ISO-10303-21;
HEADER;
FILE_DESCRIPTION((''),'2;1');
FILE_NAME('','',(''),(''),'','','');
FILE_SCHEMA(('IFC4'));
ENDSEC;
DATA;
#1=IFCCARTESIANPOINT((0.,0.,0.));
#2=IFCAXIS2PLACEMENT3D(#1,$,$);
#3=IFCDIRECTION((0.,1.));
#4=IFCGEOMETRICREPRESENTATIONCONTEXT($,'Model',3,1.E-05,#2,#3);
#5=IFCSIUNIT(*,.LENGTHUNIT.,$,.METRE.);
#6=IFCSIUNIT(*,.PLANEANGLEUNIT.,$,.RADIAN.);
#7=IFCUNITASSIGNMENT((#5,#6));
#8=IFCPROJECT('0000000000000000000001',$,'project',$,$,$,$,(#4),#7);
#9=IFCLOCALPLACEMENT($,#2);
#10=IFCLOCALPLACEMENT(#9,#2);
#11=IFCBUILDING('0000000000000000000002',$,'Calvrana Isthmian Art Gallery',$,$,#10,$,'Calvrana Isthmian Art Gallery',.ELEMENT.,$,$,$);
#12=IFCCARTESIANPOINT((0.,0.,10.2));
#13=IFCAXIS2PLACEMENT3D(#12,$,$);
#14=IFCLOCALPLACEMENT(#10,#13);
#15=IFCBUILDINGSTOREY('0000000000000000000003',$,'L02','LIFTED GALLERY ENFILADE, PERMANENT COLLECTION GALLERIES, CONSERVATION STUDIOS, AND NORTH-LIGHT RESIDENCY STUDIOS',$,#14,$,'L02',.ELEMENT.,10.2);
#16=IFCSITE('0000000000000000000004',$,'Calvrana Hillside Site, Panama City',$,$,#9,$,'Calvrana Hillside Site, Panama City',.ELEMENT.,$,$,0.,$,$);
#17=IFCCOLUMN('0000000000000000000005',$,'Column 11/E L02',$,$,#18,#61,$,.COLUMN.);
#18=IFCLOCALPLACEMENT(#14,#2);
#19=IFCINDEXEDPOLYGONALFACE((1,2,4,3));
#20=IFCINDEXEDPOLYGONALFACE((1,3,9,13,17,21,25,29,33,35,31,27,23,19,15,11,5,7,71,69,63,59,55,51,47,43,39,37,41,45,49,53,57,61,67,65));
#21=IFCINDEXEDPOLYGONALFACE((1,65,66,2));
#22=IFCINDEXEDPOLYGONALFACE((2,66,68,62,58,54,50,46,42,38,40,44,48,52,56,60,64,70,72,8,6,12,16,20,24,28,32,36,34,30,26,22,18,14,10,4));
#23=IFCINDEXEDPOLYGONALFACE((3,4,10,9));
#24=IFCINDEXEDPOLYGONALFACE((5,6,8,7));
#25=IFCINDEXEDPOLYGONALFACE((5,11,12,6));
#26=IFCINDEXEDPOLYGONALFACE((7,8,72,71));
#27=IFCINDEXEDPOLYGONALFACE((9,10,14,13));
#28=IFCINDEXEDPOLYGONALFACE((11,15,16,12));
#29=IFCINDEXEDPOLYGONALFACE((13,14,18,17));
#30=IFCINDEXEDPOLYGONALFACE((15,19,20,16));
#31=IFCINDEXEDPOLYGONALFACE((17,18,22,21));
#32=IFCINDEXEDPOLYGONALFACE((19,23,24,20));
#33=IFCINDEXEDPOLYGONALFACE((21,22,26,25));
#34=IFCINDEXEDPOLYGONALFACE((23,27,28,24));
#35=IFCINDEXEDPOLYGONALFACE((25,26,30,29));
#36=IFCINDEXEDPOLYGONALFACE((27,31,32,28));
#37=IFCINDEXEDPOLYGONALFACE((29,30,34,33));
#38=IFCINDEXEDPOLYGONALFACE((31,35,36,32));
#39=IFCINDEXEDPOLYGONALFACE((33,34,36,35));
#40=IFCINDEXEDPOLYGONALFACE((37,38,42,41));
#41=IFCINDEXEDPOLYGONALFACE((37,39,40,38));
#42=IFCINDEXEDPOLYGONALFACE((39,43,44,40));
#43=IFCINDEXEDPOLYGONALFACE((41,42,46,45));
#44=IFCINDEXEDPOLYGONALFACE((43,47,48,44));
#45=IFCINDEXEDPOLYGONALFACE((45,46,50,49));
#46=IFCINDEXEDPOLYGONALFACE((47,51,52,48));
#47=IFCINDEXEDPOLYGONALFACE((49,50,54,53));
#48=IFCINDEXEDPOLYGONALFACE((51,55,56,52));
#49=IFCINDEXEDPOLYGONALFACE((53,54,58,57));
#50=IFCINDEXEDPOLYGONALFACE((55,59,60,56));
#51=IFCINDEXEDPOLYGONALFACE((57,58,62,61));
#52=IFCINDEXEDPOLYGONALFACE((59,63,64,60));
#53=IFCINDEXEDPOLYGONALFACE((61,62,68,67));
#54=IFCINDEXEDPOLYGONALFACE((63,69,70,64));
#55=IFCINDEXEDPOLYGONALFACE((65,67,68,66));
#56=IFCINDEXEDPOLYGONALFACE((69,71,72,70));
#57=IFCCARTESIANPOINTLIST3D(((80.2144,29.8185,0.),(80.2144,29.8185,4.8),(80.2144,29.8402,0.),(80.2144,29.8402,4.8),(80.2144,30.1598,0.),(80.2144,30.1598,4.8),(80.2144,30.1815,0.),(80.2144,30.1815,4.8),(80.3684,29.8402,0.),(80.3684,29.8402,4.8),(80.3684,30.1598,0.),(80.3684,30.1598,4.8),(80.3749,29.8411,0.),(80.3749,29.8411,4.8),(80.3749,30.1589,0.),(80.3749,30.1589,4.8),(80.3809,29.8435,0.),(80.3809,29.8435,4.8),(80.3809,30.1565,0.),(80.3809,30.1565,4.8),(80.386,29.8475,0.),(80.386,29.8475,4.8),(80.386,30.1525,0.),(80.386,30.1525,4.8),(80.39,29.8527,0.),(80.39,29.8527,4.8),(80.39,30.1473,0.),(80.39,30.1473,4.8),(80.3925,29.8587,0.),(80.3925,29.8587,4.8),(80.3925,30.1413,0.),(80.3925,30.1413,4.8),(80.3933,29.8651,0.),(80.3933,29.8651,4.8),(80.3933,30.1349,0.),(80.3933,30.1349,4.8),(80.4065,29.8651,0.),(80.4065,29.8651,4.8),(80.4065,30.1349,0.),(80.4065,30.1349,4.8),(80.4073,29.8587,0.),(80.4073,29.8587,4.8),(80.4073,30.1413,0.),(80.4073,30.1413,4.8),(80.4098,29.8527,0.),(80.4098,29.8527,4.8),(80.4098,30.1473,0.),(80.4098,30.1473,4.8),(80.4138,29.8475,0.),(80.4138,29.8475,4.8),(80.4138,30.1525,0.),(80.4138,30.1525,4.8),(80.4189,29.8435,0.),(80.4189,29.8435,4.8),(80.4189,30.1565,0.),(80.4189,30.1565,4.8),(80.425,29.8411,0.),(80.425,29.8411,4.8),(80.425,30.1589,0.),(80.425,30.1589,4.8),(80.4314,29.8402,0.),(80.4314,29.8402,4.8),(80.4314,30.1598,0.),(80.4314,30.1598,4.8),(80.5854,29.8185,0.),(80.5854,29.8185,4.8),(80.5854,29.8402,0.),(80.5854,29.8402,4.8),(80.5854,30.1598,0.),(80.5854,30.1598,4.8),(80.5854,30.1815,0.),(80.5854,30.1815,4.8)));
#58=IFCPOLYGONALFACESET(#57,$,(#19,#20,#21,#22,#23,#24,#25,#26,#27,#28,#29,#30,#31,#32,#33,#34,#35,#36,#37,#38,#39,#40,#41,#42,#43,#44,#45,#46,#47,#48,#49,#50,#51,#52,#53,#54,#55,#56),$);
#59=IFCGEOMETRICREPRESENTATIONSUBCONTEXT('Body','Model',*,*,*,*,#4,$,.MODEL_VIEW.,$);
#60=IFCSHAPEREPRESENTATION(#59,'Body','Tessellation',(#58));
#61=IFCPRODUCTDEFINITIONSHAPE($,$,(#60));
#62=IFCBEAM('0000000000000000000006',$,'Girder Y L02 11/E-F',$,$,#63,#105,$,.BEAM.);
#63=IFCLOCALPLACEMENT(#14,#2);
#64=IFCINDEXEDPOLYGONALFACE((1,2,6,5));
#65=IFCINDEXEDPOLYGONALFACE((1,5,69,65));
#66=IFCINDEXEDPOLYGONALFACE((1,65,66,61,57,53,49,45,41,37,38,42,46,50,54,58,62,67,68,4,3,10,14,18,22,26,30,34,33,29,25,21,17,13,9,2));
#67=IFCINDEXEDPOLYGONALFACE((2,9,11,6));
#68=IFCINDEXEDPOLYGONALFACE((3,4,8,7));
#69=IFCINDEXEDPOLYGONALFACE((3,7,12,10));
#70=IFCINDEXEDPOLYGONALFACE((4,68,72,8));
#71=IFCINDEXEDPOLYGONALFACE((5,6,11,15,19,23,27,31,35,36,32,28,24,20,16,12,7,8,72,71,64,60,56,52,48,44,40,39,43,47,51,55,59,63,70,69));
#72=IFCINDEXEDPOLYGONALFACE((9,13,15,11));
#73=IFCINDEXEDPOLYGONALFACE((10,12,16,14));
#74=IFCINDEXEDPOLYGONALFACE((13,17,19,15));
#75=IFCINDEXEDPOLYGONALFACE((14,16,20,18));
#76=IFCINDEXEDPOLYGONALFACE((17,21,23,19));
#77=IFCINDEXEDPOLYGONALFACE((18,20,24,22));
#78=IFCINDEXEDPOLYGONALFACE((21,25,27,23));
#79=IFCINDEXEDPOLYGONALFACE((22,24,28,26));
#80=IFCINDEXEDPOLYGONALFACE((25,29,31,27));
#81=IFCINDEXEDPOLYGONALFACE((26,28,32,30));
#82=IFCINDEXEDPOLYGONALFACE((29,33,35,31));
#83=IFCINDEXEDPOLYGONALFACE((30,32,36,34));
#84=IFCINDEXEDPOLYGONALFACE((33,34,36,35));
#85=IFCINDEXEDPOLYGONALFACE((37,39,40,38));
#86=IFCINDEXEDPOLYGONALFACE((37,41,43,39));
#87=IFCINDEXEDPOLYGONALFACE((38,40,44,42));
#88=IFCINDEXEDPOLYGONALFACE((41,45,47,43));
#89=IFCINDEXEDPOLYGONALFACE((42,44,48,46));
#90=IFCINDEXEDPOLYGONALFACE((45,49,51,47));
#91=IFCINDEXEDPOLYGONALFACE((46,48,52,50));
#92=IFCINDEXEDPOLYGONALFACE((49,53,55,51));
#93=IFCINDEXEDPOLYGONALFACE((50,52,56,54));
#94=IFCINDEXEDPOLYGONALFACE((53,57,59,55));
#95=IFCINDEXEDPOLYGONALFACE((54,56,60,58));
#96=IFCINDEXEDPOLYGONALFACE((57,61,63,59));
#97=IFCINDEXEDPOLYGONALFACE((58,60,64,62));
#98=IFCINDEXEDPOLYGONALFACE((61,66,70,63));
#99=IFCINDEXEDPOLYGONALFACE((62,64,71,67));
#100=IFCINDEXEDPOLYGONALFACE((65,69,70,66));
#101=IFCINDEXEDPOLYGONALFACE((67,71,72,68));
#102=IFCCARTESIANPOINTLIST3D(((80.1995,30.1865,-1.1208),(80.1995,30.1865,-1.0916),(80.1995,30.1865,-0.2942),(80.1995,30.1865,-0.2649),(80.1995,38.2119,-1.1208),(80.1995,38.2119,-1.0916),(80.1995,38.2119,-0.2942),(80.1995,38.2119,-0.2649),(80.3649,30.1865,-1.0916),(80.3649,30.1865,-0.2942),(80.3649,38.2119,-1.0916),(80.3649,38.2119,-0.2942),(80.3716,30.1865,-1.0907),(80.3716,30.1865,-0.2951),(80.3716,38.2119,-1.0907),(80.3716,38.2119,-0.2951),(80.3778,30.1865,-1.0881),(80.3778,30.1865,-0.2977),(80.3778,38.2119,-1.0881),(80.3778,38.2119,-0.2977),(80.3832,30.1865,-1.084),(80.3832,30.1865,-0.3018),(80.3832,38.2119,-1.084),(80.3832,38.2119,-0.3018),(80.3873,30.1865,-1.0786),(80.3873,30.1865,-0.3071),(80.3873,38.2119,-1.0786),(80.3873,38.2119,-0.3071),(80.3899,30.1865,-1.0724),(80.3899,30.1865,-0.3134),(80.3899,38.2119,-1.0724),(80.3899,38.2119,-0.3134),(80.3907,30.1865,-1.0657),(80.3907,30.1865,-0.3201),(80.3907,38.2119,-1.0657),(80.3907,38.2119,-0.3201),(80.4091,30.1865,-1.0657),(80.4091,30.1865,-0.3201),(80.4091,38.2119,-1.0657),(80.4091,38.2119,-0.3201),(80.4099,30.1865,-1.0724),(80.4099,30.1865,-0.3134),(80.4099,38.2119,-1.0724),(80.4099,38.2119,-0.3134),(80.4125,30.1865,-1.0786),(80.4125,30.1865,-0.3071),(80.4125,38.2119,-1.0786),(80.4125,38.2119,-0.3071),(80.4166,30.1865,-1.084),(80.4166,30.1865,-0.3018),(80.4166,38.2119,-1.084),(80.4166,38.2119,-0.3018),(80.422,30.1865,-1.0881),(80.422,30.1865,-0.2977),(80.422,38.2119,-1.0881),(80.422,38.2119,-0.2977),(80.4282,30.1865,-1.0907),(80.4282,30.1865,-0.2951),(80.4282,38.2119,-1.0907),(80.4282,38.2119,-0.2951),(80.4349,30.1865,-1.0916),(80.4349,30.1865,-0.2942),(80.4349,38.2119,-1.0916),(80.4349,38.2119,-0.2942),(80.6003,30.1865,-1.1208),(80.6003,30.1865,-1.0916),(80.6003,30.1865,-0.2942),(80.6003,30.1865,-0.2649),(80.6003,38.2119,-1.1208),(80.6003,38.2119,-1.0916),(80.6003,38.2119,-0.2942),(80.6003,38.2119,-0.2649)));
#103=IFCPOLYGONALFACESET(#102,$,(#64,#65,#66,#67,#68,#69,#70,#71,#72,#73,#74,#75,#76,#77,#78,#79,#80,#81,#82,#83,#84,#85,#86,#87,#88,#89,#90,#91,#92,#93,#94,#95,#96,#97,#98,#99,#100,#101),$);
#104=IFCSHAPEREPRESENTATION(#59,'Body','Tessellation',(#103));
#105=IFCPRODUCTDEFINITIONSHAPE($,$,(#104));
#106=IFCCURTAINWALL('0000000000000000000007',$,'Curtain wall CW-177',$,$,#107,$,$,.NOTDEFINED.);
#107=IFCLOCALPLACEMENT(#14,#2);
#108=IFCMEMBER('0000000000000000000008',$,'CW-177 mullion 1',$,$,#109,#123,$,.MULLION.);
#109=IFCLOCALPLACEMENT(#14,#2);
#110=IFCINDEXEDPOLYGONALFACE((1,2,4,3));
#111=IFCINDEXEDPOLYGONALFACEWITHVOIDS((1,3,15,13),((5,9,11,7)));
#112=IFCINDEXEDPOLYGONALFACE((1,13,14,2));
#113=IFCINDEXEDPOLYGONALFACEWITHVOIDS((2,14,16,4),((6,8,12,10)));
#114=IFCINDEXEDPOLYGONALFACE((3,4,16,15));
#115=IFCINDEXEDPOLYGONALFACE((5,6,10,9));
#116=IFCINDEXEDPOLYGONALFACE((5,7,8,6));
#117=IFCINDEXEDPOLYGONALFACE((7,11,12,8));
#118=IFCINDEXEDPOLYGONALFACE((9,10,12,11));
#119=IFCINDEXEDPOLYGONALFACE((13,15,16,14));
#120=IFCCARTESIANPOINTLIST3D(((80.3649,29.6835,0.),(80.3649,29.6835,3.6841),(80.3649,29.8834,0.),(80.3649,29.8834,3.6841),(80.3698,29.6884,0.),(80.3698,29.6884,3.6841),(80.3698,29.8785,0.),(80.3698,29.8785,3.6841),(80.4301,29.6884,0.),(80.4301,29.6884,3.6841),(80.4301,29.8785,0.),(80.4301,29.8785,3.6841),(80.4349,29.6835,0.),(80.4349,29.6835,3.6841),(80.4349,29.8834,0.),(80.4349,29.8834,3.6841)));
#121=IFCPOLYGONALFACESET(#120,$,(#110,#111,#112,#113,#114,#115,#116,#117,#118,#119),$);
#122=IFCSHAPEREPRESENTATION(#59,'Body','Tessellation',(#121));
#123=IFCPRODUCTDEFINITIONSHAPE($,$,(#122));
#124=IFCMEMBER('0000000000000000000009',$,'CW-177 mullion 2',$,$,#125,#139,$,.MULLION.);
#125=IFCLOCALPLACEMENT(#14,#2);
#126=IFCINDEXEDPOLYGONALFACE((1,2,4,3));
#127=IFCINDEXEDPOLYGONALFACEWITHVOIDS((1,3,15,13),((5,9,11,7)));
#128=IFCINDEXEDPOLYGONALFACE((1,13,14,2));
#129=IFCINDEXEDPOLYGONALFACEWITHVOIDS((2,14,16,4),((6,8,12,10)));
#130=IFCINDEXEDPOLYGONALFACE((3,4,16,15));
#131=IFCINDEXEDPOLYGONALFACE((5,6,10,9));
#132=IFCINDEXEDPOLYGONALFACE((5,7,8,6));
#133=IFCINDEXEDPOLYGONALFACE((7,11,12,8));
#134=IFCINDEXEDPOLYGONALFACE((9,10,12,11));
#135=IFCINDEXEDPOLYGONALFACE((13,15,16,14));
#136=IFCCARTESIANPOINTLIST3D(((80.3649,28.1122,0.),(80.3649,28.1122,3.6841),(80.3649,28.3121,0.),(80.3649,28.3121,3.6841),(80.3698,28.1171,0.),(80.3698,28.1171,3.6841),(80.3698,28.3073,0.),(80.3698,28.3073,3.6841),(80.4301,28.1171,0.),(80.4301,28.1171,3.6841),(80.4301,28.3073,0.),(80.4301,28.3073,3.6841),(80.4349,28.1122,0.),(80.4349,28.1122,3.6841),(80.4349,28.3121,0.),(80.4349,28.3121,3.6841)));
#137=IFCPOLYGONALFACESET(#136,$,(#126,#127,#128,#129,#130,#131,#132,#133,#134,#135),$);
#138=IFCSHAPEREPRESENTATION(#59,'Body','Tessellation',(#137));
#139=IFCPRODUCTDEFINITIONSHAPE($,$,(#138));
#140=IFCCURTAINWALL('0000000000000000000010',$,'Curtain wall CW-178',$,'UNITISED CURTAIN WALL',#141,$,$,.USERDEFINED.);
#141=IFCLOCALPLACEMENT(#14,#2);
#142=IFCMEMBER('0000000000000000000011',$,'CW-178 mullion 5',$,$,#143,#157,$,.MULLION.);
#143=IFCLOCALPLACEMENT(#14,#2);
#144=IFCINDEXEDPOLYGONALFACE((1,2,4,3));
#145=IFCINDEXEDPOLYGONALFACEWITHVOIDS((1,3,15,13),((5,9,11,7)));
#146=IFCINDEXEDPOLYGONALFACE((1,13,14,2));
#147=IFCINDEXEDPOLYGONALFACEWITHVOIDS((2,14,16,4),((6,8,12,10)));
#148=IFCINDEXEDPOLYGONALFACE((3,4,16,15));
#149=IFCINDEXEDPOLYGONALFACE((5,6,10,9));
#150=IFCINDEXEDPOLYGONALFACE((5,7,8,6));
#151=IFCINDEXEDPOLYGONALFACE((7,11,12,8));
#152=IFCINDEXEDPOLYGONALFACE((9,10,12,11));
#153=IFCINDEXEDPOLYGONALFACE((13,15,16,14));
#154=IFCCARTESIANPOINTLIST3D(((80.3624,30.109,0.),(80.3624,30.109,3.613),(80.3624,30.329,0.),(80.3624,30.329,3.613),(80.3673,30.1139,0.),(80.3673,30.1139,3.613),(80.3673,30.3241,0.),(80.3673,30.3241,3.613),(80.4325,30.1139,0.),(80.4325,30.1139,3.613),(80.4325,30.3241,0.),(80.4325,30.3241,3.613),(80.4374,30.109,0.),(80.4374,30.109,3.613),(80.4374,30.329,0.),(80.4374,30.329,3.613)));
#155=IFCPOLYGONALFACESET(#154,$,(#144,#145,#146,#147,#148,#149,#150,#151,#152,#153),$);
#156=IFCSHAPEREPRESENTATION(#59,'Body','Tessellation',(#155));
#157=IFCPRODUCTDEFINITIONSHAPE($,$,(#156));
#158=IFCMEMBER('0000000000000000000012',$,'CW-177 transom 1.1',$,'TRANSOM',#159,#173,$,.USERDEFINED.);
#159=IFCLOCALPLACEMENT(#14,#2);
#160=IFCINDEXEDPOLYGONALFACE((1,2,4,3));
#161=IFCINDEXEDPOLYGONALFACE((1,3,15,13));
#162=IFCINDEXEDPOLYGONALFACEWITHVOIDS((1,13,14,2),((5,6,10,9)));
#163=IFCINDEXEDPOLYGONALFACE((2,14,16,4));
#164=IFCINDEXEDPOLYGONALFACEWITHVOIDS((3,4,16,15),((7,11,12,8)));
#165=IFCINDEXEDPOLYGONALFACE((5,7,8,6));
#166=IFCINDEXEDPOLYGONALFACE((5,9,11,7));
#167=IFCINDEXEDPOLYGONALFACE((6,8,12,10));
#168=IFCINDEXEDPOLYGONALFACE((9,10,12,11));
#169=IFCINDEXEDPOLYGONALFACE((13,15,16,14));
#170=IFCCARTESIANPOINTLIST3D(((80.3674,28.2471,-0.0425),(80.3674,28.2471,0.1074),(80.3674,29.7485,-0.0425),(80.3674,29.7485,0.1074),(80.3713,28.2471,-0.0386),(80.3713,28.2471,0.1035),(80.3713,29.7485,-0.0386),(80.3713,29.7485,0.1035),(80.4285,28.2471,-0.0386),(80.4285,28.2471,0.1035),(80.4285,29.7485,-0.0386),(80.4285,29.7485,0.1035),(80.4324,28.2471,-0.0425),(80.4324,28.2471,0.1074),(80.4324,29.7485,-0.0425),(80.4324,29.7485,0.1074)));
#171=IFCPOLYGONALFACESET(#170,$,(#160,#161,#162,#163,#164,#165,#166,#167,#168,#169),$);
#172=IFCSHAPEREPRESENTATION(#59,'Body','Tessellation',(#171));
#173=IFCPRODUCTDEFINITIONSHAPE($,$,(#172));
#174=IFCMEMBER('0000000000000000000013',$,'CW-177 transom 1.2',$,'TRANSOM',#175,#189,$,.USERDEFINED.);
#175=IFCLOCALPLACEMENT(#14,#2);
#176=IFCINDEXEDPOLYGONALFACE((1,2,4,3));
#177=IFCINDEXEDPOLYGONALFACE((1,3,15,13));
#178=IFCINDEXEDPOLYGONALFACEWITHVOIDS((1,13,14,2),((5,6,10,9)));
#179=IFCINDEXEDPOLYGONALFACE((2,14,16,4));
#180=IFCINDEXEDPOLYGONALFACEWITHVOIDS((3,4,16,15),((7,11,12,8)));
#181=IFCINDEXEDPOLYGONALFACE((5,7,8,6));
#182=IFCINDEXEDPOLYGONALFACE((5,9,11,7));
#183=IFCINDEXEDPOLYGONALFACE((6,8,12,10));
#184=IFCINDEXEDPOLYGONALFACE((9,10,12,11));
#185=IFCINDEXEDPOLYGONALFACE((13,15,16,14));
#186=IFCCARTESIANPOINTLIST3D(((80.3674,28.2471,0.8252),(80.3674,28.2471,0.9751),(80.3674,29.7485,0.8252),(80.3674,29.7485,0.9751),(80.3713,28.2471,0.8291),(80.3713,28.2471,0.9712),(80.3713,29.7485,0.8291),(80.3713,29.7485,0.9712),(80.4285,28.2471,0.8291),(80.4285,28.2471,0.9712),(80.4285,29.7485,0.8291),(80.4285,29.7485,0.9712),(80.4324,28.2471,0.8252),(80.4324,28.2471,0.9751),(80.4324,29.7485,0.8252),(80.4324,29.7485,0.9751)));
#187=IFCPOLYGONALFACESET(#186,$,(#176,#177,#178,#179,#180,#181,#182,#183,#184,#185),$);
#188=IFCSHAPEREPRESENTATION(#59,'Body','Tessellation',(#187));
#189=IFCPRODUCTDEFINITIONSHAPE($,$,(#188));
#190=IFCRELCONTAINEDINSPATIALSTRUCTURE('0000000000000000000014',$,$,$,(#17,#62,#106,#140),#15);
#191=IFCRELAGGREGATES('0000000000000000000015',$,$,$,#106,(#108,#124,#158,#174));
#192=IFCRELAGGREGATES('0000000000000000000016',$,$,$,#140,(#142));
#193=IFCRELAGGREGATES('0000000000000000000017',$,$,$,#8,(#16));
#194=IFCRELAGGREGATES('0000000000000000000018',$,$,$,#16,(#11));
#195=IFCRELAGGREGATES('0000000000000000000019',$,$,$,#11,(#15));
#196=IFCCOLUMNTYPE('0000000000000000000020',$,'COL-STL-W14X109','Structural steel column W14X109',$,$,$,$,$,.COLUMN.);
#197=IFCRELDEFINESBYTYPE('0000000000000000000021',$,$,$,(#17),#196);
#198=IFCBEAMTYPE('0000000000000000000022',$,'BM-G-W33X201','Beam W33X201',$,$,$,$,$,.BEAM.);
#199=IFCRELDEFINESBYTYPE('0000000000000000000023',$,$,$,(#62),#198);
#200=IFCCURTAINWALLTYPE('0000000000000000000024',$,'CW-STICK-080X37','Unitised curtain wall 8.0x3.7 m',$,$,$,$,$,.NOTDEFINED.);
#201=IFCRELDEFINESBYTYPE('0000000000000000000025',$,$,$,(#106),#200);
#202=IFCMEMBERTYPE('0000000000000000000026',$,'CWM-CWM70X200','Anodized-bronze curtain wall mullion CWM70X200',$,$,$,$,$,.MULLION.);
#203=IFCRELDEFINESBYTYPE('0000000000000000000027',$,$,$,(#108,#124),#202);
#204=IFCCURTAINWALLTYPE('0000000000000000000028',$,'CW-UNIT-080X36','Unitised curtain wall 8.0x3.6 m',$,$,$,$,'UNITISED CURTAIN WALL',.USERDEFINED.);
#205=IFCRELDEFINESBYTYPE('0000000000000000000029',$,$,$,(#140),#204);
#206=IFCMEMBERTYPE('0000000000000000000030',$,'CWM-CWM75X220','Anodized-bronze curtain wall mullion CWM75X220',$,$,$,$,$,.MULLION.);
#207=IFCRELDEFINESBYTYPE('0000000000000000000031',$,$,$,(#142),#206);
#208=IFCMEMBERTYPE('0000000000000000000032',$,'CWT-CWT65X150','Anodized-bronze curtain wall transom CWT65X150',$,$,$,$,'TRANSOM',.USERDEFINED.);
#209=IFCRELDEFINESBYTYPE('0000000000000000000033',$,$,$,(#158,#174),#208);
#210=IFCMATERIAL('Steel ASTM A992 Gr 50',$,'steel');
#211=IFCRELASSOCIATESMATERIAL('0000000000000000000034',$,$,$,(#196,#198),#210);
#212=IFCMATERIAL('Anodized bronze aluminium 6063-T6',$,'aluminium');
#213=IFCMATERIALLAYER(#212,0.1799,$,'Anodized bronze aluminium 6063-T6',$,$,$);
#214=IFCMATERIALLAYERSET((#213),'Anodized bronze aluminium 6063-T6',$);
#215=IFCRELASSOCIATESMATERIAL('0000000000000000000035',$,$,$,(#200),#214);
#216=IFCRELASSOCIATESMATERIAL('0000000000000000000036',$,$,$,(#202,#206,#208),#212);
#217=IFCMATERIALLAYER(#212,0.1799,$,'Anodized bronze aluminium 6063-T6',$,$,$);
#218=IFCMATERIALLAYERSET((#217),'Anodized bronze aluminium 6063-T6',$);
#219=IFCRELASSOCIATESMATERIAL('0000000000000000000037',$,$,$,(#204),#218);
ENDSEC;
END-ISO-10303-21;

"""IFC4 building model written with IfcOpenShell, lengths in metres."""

from ifc_helpers import new_model, si_unit, direction, frame, origin, origin_2d, place, context, subcontext, project, spatial, hollow_rectangle, i_section, extrude, material, layer, layer_set, material_profile, profile_set, type_object, element, aggregate, save


model = new_model("IFC4")

# Units and contexts
model_context = context("Model", 3, precision=1e-05, world=origin(), true_north=direction((0.0, 1.0)))
body_context = subcontext(model_context, "Body", "Model", "MODEL_VIEW")
ifc_project = project(units=[si_unit("LENGTHUNIT", "METRE"), si_unit("PLANEANGLEUNIT", "RADIAN")], contexts=[model_context])

# Site, building, storey
site_placement = place(None, origin())
site = spatial("IfcSite", under=ifc_project, at=site_placement, Name="Calvrana Hillside Site, Panama City", LongName="Calvrana Hillside Site, Panama City", CompositionType="ELEMENT", RefElevation=0.0)
building_placement = place(site_placement, origin())
building = spatial("IfcBuilding", under=site, at=building_placement, Name="Calvrana Isthmian Art Gallery", LongName="Calvrana Isthmian Art Gallery", CompositionType="ELEMENT")
storey_placement = place(building_placement, frame((0.0, 0.0, 10.2)))
storey = spatial("IfcBuildingStorey", under=building, at=storey_placement, Name="L02", Description="LIFTED GALLERY ENFILADE, PERMANENT COLLECTION GALLERIES, CONSERVATION STUDIOS, AND NORTH-LIGHT RESIDENCY STUDIOS", LongName="L02", CompositionType="ELEMENT", Elevation=10.2)

# Column
ifc_material_1 = material(Name="Steel ASTM A992 Gr 50", Category="steel")
ifc_material_profile_1 = material_profile(ifc_material_1, i_section(OverallWidth=0.3711, OverallDepth=0.363, WebThickness=0.0132, FlangeThickness=0.0217, FilletRadius=0.0249, at=origin_2d()), Name="W14X109")
ifc_profile_set_1 = profile_set([ifc_material_profile_1], Name="Steel ASTM A992 Gr 50")
column_type = type_object("IfcColumnType", Name="COL-STL-W14X109", Description="Structural steel column W14X109", PredefinedType="COLUMN", material=ifc_profile_set_1)
column_placement = place(storey_placement, frame((80.3999, 30.0, 0.0), z_axis=(0.0, 0.0, 1.0), x_axis=(1.0, 0.0, 0.0)))
element("IfcColumn", 1, at=column_placement, inside=storey, type_object=column_type, Name="Column 11/E L02", PredefinedType="COLUMN", context=body_context, shape_type="SweptSolid", body=[
    extrude(i_section(OverallWidth=0.3711, OverallDepth=0.363, WebThickness=0.0132, FlangeThickness=0.0217, FilletRadius=0.0249, at=origin_2d()), origin(), (0.0, 0.0, 1.0), 4.8),
])

# Beam
ifc_material_profile_2 = material_profile(ifc_material_1, i_section(OverallWidth=0.4009, OverallDepth=0.856, WebThickness=0.0183, FlangeThickness=0.0293, FilletRadius=0.0259, at=origin_2d()), Name="W33X201")
ifc_profile_set_2 = profile_set([ifc_material_profile_2], Name="Steel ASTM A992 Gr 50")
beam_type = type_object("IfcBeamType", Name="BM-G-W33X201", Description="Beam W33X201", PredefinedType="BEAM", material=ifc_profile_set_2)
beam_placement = place(storey_placement, frame((80.3999, 30.1865, -0.6929), z_axis=(0.0, 1.0, 0.0), x_axis=(-1.0, 0.0, 0.0)))
element("IfcBeam", 2, at=beam_placement, inside=storey, type_object=beam_type, Name="Girder Y L02 11/E-F", PredefinedType="BEAM", context=body_context, shape_type="SweptSolid", body=[
    extrude(i_section(OverallWidth=0.4009, OverallDepth=0.856, WebThickness=0.0183, FlangeThickness=0.0293, FilletRadius=0.0259, at=origin_2d()), origin(), (0.0, 0.0, 1.0), 8.0254),
])

# Curtain wall, members
ifc_material_2 = material(Name="Anodized bronze aluminium 6063-T6", Category="aluminium")
ifc_layer_1 = layer(ifc_material_2, 0.1799, Name="Anodized bronze aluminium 6063-T6")
ifc_layer_set_1 = layer_set([ifc_layer_1], Name="Anodized bronze aluminium 6063-T6")
curtain_wall_type_1 = type_object("IfcCurtainWallType", Name="CW-STICK-080X37", Description="Unitised curtain wall 8.0x3.7 m", PredefinedType="NOTDEFINED", material=ifc_layer_set_1)
curtain_wall_1_placement = place(storey_placement, origin())
curtain_wall_1 = element("IfcCurtainWall", 3, at=curtain_wall_1_placement, inside=storey, type_object=curtain_wall_type_1, Name="Curtain wall CW-177", PredefinedType="NOTDEFINED")
ifc_material_profile_3 = material_profile(ifc_material_2, hollow_rectangle(XDim=0.0701, YDim=0.2, WallThickness=0.0049, at=origin_2d()), Name="CWM70X200")
ifc_profile_set_3 = profile_set([ifc_material_profile_3], Name="Anodized bronze aluminium 6063-T6")
member_type_1 = type_object("IfcMemberType", Name="CWM-CWM70X200", Description="Anodized-bronze curtain wall mullion CWM70X200", PredefinedType="MULLION", material=ifc_profile_set_3)
member_1_placement = place(storey_placement, frame((80.3999, 29.7834, 0.0), z_axis=(0.0, 0.0, 1.0), x_axis=(1.0, 0.0, 0.0)))
member_1 = element("IfcMember", 4, at=member_1_placement, type_object=member_type_1, Name="CW-177 mullion 1", PredefinedType="MULLION", context=body_context, shape_type="SweptSolid", body=[
    extrude(hollow_rectangle(XDim=0.0701, YDim=0.2, WallThickness=0.0049, at=origin_2d()), origin(), (0.0, 0.0, 1.0), 3.6841),
])
member_2_placement = place(storey_placement, frame((80.3999, 28.2122, 0.0), z_axis=(0.0, 0.0, 1.0), x_axis=(1.0, 0.0, 0.0)))
member_2 = element("IfcMember", 5, at=member_2_placement, type_object=member_type_1, Name="CW-177 mullion 2", PredefinedType="MULLION", context=body_context, shape_type="SweptSolid", body=[
    extrude(hollow_rectangle(XDim=0.0701, YDim=0.2, WallThickness=0.0049, at=origin_2d()), origin(), (0.0, 0.0, 1.0), 3.6841),
])

# Curtain wall, member
ifc_layer_2 = layer(ifc_material_2, 0.1799, Name="Anodized bronze aluminium 6063-T6")
ifc_layer_set_2 = layer_set([ifc_layer_2], Name="Anodized bronze aluminium 6063-T6")
curtain_wall_type_2 = type_object("IfcCurtainWallType", Name="CW-UNIT-080X36", Description="Unitised curtain wall 8.0x3.6 m", ElementType="UNITISED CURTAIN WALL", PredefinedType="USERDEFINED", material=ifc_layer_set_2)
curtain_wall_2_placement = place(storey_placement, origin())
curtain_wall_2 = element("IfcCurtainWall", 6, at=curtain_wall_2_placement, inside=storey, type_object=curtain_wall_type_2, Name="Curtain wall CW-178", ObjectType="UNITISED CURTAIN WALL", PredefinedType="USERDEFINED")
ifc_material_profile_4 = material_profile(ifc_material_2, hollow_rectangle(XDim=0.075, YDim=0.22, WallThickness=0.0049, at=origin_2d()), Name="CWM75X220")
ifc_profile_set_4 = profile_set([ifc_material_profile_4], Name="Anodized bronze aluminium 6063-T6")
member_type_2 = type_object("IfcMemberType", Name="CWM-CWM75X220", Description="Anodized-bronze curtain wall mullion CWM75X220", PredefinedType="MULLION", material=ifc_profile_set_4)
member_3_placement = place(storey_placement, frame((80.3999, 30.219, 0.0), z_axis=(0.0, 0.0, 1.0), x_axis=(1.0, 0.0, 0.0)))
member_3 = element("IfcMember", 7, at=member_3_placement, type_object=member_type_2, Name="CW-178 mullion 5", PredefinedType="MULLION", context=body_context, shape_type="SweptSolid", body=[
    extrude(hollow_rectangle(XDim=0.075, YDim=0.22, WallThickness=0.0049, at=origin_2d()), origin(), (0.0, 0.0, 1.0), 3.613),
])

# Members
ifc_material_profile_5 = material_profile(ifc_material_2, hollow_rectangle(XDim=0.0649, YDim=0.1499, WallThickness=0.0039, at=origin_2d()), Name="CWT65X150")
ifc_profile_set_5 = profile_set([ifc_material_profile_5], Name="Anodized bronze aluminium 6063-T6")
member_type_3 = type_object("IfcMemberType", Name="CWT-CWT65X150", Description="Anodized-bronze curtain wall transom CWT65X150", ElementType="TRANSOM", PredefinedType="USERDEFINED", material=ifc_profile_set_5)
member_4_placement = place(storey_placement, frame((80.3999, 29.7485, 0.0325), z_axis=(0.0, -1.0, 0.0), x_axis=(1.0, 0.0, 0.0)))
member_4 = element("IfcMember", 8, at=member_4_placement, type_object=member_type_3, Name="CW-177 transom 1.1", ObjectType="TRANSOM", PredefinedType="USERDEFINED", context=body_context, shape_type="SweptSolid", body=[
    extrude(hollow_rectangle(XDim=0.0649, YDim=0.1499, WallThickness=0.0039, at=origin_2d()), origin(), (0.0, 0.0, 1.0), 1.5015),
])
member_5_placement = place(storey_placement, frame((80.3999, 29.7485, 0.9001), z_axis=(0.0, -1.0, 0.0), x_axis=(1.0, 0.0, 0.0)))
member_5 = element("IfcMember", 9, at=member_5_placement, type_object=member_type_3, Name="CW-177 transom 1.2", ObjectType="TRANSOM", PredefinedType="USERDEFINED", context=body_context, shape_type="SweptSolid", body=[
    extrude(hollow_rectangle(XDim=0.0649, YDim=0.1499, WallThickness=0.0039, at=origin_2d()), origin(), (0.0, 0.0, 1.0), 1.5015),
])

aggregate(curtain_wall_1, [member_1, member_2, member_4, member_5])
aggregate(curtain_wall_2, [member_3])

save(model, "model.ifc")
